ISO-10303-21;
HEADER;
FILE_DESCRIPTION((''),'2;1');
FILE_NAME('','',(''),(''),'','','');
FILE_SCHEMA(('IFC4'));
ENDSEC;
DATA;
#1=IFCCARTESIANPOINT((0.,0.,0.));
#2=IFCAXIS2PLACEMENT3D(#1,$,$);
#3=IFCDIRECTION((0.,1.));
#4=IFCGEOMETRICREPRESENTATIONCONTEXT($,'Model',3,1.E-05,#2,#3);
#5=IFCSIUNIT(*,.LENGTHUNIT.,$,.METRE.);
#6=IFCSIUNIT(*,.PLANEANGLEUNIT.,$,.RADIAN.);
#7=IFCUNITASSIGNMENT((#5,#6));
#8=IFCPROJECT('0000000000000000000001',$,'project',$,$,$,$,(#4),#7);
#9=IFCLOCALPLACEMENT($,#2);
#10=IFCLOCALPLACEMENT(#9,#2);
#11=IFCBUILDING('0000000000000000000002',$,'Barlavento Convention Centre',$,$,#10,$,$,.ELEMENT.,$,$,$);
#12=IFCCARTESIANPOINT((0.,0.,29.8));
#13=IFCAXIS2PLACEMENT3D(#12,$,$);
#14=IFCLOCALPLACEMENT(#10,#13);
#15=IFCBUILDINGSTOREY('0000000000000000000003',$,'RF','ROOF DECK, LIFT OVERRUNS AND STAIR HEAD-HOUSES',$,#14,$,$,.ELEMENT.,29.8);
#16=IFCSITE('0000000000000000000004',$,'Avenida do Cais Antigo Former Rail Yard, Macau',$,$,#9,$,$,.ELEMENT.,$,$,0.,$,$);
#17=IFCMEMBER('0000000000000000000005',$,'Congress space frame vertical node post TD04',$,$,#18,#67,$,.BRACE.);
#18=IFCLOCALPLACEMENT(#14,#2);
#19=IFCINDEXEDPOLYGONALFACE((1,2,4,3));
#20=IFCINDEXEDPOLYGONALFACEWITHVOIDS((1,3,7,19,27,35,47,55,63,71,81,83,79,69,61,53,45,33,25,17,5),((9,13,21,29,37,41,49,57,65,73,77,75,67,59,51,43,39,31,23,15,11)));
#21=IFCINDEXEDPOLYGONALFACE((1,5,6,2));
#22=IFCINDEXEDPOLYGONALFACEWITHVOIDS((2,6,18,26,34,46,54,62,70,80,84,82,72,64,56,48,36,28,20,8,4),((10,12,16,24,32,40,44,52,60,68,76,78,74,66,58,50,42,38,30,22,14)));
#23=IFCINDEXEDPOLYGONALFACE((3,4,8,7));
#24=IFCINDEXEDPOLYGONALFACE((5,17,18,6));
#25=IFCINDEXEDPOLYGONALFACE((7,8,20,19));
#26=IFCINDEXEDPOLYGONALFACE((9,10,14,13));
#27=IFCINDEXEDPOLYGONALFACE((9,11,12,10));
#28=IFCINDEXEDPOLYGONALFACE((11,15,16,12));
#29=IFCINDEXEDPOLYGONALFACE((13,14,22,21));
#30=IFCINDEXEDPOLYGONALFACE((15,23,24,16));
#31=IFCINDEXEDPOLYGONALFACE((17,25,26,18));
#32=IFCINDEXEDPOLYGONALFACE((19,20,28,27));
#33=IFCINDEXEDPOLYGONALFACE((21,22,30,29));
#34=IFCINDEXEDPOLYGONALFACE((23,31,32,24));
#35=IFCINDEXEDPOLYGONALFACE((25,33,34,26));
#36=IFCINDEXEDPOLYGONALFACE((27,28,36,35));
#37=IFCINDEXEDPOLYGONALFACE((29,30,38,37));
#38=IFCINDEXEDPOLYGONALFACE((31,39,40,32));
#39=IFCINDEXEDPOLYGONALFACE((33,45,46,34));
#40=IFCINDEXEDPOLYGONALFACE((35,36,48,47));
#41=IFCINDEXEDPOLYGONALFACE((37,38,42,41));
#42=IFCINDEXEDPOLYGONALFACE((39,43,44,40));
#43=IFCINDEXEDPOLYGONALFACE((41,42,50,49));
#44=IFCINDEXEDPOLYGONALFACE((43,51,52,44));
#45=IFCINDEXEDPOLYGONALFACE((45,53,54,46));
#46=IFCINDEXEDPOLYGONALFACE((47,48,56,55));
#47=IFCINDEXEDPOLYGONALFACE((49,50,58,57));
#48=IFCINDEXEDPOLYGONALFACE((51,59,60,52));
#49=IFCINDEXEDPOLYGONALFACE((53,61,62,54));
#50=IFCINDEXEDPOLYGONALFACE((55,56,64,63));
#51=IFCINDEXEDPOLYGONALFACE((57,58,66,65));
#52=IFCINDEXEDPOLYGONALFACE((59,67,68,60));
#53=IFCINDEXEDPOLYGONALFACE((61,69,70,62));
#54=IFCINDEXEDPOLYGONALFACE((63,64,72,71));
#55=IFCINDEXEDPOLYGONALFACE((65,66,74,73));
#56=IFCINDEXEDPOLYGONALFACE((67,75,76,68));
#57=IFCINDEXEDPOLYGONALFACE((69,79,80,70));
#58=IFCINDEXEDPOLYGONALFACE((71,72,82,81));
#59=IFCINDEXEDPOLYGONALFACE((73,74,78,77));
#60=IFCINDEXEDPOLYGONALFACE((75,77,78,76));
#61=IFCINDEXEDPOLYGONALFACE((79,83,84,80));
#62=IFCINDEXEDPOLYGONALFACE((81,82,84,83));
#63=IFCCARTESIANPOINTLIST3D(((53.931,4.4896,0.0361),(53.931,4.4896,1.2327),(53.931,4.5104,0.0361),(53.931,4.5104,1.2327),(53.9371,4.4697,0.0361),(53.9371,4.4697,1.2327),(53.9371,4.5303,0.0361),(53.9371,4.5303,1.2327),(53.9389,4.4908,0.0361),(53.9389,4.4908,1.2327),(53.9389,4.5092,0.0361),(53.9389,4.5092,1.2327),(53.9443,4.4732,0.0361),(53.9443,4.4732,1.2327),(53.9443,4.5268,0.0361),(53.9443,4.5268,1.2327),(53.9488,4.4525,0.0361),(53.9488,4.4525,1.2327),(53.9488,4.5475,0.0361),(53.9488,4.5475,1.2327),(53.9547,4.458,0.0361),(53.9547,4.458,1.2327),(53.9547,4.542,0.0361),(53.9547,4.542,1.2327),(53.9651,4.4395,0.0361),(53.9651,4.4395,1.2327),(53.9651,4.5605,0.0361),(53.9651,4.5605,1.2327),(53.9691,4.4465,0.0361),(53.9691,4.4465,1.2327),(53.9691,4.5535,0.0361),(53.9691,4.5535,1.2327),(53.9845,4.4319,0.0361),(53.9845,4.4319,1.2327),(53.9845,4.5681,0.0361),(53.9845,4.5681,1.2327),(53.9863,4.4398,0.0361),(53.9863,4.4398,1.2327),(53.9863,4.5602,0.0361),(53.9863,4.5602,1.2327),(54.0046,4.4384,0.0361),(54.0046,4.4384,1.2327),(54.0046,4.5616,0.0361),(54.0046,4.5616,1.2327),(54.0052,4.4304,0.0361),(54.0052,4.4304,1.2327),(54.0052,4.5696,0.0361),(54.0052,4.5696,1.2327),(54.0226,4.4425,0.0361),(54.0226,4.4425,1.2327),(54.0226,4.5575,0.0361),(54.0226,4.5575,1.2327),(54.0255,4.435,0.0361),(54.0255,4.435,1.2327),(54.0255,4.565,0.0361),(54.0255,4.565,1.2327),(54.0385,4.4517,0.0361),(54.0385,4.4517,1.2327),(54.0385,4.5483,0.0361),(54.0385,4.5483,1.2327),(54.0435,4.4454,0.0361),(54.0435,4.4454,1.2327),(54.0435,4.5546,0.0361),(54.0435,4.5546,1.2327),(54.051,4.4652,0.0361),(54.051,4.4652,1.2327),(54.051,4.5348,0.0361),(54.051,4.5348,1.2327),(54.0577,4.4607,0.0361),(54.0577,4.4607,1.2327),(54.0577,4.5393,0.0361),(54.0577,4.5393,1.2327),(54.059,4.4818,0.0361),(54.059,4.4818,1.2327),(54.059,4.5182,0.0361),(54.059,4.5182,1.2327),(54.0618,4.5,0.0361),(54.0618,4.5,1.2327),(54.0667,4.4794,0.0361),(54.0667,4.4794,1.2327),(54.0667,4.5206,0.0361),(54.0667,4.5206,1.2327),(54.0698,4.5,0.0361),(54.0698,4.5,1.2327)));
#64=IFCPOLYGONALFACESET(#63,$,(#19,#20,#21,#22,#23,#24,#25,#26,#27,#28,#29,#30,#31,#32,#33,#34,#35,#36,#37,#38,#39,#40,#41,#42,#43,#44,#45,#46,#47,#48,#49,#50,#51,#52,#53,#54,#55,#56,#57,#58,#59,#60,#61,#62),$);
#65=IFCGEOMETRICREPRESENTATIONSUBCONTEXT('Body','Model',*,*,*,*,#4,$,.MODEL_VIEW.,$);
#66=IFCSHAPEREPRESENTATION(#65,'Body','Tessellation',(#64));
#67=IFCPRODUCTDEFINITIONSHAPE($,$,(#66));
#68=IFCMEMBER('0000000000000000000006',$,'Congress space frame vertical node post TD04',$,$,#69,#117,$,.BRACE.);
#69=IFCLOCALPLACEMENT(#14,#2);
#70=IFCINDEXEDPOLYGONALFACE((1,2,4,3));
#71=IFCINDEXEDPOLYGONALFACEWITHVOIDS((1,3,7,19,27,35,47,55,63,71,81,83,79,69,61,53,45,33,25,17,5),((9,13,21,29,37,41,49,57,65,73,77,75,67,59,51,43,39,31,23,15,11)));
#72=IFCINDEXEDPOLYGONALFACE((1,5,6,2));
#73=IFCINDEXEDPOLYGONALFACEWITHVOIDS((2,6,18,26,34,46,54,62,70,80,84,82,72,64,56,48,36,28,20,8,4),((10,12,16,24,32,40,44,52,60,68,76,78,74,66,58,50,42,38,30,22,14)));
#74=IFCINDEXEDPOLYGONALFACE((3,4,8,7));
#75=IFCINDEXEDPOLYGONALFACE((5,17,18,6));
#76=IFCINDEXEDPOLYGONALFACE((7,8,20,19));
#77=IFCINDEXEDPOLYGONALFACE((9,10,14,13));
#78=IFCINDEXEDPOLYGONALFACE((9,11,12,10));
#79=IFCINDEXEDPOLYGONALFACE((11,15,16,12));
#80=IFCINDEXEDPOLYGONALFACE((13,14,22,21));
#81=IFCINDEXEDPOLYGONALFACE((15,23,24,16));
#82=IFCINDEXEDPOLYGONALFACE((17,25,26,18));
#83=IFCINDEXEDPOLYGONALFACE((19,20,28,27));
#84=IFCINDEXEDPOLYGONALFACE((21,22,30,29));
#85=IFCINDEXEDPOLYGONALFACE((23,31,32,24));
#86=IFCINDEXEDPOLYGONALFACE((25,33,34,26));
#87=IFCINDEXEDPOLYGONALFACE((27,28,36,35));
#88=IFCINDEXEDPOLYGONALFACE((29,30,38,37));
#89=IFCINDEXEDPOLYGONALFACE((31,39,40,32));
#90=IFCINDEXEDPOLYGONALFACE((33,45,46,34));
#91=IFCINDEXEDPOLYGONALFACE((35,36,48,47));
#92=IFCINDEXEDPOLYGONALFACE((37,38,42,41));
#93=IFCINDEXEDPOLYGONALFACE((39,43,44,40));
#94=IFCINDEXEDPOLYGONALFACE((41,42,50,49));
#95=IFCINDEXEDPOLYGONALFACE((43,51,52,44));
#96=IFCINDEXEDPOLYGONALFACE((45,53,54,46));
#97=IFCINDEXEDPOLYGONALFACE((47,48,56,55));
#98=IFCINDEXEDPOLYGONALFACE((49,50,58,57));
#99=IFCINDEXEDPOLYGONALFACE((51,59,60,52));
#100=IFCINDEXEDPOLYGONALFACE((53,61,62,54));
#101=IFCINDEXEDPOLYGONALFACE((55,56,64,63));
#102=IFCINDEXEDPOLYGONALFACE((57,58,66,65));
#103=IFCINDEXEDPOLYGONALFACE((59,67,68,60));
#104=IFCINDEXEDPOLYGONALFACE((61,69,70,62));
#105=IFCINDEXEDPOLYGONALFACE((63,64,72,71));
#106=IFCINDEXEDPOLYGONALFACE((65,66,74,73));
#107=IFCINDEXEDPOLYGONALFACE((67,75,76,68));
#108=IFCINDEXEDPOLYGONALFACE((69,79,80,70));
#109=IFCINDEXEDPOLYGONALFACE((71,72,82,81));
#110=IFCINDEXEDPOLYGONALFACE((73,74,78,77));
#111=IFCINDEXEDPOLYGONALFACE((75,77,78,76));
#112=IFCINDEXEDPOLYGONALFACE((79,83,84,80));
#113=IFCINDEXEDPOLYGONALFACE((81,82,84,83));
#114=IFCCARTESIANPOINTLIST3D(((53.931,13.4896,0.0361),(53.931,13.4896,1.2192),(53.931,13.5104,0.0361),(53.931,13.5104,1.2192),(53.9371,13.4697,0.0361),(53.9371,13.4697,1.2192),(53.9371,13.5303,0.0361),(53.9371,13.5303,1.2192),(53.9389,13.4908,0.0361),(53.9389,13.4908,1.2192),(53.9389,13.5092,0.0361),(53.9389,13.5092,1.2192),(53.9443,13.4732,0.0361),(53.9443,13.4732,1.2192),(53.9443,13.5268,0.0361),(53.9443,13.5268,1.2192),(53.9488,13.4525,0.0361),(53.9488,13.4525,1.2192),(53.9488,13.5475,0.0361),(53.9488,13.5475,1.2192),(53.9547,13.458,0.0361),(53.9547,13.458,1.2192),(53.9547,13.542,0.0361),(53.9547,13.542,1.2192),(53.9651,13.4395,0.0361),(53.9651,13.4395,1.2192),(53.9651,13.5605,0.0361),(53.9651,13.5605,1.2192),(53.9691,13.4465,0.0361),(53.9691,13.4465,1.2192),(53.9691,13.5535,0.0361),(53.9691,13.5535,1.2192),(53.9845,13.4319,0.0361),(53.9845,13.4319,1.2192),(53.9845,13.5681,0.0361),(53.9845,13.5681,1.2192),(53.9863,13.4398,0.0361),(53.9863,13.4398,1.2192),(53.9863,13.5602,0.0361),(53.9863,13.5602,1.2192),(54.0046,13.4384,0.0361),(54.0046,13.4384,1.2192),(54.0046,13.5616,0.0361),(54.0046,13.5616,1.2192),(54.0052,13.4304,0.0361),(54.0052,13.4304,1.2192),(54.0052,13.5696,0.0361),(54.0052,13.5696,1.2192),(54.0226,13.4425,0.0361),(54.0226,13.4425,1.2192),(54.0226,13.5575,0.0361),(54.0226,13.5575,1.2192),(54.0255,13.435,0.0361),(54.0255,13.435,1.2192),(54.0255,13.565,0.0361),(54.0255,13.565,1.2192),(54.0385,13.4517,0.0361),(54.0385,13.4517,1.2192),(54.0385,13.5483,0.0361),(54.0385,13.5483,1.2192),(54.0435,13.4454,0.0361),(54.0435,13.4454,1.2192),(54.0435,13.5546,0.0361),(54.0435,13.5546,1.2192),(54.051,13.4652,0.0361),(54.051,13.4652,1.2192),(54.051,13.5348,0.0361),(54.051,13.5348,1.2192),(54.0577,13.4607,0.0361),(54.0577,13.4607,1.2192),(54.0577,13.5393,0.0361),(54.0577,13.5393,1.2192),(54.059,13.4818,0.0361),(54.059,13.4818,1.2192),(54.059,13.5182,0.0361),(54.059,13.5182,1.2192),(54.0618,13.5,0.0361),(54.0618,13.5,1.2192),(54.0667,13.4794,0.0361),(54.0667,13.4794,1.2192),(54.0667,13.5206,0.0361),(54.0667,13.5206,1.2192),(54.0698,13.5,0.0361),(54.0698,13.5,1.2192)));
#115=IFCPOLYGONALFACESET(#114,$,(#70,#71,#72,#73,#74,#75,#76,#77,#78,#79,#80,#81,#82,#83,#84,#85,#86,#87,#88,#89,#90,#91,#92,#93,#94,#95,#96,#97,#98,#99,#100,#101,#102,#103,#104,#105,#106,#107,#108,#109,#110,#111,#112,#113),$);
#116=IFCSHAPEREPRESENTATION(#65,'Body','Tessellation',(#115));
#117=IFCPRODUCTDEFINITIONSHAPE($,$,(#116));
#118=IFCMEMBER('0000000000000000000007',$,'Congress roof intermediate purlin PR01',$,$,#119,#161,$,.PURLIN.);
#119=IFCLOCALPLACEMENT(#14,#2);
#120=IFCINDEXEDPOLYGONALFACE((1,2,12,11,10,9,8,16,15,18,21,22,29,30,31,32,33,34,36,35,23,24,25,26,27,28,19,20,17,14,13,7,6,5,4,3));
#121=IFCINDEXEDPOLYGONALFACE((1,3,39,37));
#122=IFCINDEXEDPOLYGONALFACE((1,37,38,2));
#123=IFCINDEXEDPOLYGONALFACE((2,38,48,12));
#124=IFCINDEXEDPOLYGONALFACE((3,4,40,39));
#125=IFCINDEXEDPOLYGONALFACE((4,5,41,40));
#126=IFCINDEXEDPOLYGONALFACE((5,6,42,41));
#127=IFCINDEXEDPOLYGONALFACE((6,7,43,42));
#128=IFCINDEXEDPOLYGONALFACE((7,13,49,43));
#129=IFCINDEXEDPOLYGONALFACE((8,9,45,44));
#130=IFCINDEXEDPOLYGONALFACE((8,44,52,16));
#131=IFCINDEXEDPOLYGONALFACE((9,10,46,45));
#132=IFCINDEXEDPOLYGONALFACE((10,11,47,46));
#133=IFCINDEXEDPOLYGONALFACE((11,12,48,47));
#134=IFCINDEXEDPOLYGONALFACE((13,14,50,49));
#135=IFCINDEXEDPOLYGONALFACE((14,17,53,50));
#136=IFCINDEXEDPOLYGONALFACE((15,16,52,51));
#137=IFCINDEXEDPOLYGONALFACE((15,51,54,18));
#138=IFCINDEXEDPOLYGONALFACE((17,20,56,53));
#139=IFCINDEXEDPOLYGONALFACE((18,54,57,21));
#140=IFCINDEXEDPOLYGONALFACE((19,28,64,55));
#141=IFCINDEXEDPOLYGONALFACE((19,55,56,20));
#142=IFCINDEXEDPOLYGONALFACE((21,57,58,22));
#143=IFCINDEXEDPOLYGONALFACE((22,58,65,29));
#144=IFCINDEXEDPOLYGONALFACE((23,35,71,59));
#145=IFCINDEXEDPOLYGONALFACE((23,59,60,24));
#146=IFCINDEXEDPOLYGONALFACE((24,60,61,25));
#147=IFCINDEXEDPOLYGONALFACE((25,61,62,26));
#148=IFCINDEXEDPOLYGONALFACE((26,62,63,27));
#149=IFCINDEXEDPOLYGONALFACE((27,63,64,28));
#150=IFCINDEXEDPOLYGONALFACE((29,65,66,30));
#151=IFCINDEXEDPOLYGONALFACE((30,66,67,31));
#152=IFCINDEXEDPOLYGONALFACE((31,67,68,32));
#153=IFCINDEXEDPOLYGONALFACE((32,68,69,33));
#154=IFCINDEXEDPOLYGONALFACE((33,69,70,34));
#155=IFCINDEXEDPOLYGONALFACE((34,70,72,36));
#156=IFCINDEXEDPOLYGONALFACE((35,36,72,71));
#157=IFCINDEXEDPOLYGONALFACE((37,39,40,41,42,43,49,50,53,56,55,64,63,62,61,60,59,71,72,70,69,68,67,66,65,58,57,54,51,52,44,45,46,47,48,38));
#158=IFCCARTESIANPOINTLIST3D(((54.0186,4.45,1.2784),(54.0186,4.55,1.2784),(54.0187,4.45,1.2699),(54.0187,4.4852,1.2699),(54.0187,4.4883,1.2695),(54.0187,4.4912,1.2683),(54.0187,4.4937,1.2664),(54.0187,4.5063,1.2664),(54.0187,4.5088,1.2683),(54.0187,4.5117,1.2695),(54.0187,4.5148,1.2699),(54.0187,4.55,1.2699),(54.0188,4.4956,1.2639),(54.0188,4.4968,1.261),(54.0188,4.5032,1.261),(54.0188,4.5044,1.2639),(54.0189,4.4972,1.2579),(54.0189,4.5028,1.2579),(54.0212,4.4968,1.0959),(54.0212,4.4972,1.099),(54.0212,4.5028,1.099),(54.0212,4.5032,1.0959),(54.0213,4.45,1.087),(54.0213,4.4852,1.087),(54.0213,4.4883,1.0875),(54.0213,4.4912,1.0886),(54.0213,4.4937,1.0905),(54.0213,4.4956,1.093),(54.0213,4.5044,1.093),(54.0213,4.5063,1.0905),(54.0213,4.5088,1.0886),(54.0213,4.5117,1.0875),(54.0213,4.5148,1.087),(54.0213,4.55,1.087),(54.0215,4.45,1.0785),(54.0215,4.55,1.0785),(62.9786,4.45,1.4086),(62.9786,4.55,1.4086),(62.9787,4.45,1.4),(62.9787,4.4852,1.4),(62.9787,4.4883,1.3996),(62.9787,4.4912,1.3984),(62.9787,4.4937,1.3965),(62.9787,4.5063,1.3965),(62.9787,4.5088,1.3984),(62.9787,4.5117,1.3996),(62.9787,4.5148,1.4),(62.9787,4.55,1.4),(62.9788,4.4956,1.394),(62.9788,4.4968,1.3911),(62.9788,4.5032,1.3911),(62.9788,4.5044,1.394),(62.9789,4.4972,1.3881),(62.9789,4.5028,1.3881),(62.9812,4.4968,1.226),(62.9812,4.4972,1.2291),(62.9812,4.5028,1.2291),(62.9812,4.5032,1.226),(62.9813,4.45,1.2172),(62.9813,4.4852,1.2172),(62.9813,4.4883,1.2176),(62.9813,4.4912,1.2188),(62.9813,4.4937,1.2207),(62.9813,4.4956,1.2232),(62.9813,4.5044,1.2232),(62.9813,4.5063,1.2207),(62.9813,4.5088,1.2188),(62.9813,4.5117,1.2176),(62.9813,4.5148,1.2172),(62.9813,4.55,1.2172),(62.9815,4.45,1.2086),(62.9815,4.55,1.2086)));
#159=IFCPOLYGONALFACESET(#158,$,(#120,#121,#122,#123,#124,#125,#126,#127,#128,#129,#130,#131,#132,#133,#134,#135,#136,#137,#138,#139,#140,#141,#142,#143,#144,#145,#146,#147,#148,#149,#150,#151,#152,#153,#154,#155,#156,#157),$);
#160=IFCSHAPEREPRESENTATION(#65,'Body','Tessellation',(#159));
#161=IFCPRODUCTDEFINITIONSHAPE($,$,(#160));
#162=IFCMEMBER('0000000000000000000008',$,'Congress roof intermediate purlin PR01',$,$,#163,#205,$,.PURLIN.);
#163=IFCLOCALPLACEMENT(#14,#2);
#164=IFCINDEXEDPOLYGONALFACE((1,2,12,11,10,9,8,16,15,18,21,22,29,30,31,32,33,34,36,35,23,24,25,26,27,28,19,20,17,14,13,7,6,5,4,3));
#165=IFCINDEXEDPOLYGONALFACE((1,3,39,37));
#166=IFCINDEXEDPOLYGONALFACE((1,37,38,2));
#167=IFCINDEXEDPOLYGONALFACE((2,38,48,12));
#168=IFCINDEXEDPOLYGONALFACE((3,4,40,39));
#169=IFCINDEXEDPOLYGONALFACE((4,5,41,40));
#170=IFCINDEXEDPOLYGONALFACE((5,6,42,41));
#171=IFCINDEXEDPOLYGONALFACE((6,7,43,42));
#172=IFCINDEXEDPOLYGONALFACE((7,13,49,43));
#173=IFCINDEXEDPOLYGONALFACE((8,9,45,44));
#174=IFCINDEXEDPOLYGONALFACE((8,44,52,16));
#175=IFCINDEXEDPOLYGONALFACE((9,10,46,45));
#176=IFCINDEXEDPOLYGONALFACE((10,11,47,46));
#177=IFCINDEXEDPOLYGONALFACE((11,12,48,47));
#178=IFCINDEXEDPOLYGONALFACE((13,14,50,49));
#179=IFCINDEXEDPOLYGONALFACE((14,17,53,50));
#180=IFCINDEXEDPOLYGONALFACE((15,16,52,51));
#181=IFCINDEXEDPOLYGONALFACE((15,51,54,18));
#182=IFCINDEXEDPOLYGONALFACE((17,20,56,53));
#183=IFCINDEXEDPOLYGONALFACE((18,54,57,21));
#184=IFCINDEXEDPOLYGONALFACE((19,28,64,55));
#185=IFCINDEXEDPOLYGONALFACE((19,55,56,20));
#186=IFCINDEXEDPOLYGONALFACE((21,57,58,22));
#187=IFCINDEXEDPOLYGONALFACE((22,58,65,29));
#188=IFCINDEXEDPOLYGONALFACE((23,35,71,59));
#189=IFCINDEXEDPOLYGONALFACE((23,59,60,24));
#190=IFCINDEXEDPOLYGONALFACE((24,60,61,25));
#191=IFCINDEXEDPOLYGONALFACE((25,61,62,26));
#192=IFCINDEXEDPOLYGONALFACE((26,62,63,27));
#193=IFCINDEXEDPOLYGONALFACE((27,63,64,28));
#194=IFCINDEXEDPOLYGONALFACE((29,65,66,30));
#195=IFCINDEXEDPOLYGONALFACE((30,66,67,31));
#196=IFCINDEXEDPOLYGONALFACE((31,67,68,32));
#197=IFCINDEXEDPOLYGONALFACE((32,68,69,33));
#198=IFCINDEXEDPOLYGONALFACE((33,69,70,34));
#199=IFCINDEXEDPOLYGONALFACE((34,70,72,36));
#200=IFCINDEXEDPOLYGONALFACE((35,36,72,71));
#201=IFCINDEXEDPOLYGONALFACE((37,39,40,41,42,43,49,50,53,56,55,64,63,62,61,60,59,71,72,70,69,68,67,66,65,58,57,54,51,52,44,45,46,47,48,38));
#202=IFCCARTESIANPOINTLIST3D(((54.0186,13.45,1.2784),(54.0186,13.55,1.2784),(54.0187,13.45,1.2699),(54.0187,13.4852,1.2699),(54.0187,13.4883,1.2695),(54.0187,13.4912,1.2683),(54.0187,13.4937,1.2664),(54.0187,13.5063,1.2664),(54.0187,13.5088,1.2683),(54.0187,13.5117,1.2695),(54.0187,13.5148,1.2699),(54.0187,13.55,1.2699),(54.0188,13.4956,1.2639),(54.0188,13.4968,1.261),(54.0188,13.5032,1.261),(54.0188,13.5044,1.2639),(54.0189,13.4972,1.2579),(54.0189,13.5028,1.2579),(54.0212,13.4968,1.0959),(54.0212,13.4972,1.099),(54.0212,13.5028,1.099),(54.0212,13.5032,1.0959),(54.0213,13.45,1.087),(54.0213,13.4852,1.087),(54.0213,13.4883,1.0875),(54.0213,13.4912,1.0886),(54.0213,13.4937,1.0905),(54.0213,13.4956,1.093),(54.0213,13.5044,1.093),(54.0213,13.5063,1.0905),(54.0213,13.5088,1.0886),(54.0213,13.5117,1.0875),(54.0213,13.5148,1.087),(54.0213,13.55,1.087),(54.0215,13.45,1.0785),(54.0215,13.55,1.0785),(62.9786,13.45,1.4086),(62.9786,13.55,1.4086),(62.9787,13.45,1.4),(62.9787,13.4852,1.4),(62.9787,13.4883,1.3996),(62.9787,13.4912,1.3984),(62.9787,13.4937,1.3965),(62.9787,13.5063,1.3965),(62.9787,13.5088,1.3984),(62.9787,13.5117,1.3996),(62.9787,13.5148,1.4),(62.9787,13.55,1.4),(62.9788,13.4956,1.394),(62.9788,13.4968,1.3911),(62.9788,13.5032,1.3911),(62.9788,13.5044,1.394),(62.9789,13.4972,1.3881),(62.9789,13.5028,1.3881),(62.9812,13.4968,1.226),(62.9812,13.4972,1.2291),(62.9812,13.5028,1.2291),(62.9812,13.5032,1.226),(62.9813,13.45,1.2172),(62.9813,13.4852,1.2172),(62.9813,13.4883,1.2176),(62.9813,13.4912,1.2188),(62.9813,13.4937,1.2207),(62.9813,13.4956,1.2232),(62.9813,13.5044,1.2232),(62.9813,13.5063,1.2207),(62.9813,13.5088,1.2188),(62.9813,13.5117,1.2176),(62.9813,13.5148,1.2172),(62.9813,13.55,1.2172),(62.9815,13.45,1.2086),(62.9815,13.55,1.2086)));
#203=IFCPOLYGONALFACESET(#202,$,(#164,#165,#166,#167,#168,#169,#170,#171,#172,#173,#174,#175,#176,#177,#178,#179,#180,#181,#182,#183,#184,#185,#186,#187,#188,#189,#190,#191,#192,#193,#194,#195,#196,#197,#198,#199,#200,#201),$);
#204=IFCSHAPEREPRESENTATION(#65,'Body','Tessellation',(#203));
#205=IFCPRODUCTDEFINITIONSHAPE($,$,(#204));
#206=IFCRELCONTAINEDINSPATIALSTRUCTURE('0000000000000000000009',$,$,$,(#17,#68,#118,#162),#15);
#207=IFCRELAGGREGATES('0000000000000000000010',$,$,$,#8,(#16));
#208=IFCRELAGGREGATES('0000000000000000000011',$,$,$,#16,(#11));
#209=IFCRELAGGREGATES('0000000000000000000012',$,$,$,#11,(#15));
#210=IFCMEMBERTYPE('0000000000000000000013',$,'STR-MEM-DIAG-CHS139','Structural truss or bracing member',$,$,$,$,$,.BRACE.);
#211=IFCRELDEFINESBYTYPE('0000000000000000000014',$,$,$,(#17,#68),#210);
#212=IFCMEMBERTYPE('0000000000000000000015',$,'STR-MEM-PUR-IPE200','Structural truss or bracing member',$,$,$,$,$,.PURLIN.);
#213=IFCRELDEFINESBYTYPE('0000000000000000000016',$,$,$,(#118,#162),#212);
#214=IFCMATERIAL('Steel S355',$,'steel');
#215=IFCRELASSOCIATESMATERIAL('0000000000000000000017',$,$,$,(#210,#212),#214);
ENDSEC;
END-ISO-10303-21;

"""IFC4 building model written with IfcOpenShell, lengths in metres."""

from ifc_helpers import new_model, si_unit, direction, frame, origin, origin_2d, place, context, subcontext, project, spatial, hollow_circle, i_section, extrude, material, material_profile, profile_set, type_object, element, save


model = new_model("IFC4")

# Units and contexts
model_context = context("Model", 3, precision=1e-05, world=origin(), true_north=direction((0.0, 1.0)))
body_context = subcontext(model_context, "Body", "Model", "MODEL_VIEW")
ifc_project = project(units=[si_unit("LENGTHUNIT", "METRE"), si_unit("PLANEANGLEUNIT", "RADIAN")], contexts=[model_context])

# Site, building, storey
site_placement = place(None, origin())
site = spatial("IfcSite", under=ifc_project, at=site_placement, Name="Avenida do Cais Antigo Former Rail Yard, Macau", CompositionType="ELEMENT", RefElevation=0.0)
building_placement = place(site_placement, origin())
building = spatial("IfcBuilding", under=site, at=building_placement, Name="Barlavento Convention Centre", CompositionType="ELEMENT")
storey_placement = place(building_placement, frame((0.0, 0.0, 29.8)))
storey = spatial("IfcBuildingStorey", under=building, at=storey_placement, Name="RF", Description="ROOF DECK, LIFT OVERRUNS AND STAIR HEAD-HOUSES", CompositionType="ELEMENT", Elevation=29.8)

# Members
ifc_material_1 = material(Name="Steel S355", Category="steel")
ifc_material_profile_1 = material_profile(ifc_material_1, hollow_circle(Radius=0.0698, WallThickness=0.0081, at=origin_2d()), Name="CHS 139.7x8.0")
ifc_profile_set_1 = profile_set([ifc_material_profile_1], Name="Steel S355")
member_type_1 = type_object("IfcMemberType", Name="STR-MEM-DIAG-CHS139", Description="Structural truss or bracing member", PredefinedType="BRACE", material=ifc_profile_set_1)
member_1_placement = place(storey_placement, frame((54.0, 4.5, 0.0361), z_axis=(0.0, 0.0, 1.0), x_axis=(1.0, 0.0, 0.0)))
element("IfcMember", 1, at=member_1_placement, inside=storey, type_object=member_type_1, Name="Congress space frame vertical node post TD04", PredefinedType="BRACE", context=body_context, shape_type="SweptSolid", body=[
    extrude(hollow_circle(Radius=0.0698, WallThickness=0.0081, at=origin_2d()), origin(), (0.0, 0.0, 1.0), 1.1965),
])
member_2_placement = place(storey_placement, frame((54.0, 13.5, 0.0361), z_axis=(0.0, 0.0, 1.0), x_axis=(1.0, 0.0, 0.0)))
element("IfcMember", 2, at=member_2_placement, inside=storey, type_object=member_type_1, Name="Congress space frame vertical node post TD04", PredefinedType="BRACE", context=body_context, shape_type="SweptSolid", body=[
    extrude(hollow_circle(Radius=0.0698, WallThickness=0.0081, at=origin_2d()), origin(), (0.0, 0.0, 1.0), 1.1831),
])
ifc_material_profile_2 = material_profile(ifc_material_1, i_section(OverallWidth=0.1001, OverallDepth=0.2, WebThickness=0.0056, FlangeThickness=0.0085, FilletRadius=0.012, at=origin_2d()), Name="IPE 200")
ifc_profile_set_2 = profile_set([ifc_material_profile_2], Name="Steel S355")
member_type_2 = type_object("IfcMemberType", Name="STR-MEM-PUR-IPE200", Description="Structural truss or bracing member", PredefinedType="PURLIN", material=ifc_profile_set_2)
for number, where, z_axis, x_axis, name in (
    (3, (54.02, 4.5, 1.1785), (0.999895, 0.0, 0.014522), (0.0, 1.0, 0.0), "Congress roof intermediate purlin PR01"),
    (4, (54.02, 13.5, 1.1785), (0.999895, 0.0, 0.014522), (0.0, 1.0, 0.0), "Congress roof intermediate purlin PR01"),
):
    element("IfcMember", number, at=place(storey_placement, frame(where, z_axis=z_axis, x_axis=x_axis)), inside=storey, type_object=member_type_2, Name=name, PredefinedType="PURLIN", context=body_context, shape_type="SweptSolid", body=[
        extrude(i_section(OverallWidth=0.1001, OverallDepth=0.2, WebThickness=0.0056, FlangeThickness=0.0085, FilletRadius=0.012, at=origin_2d()), origin(), (0.0, 0.0, 1.0), 8.9609),
    ])

save(model, "model.ifc")
